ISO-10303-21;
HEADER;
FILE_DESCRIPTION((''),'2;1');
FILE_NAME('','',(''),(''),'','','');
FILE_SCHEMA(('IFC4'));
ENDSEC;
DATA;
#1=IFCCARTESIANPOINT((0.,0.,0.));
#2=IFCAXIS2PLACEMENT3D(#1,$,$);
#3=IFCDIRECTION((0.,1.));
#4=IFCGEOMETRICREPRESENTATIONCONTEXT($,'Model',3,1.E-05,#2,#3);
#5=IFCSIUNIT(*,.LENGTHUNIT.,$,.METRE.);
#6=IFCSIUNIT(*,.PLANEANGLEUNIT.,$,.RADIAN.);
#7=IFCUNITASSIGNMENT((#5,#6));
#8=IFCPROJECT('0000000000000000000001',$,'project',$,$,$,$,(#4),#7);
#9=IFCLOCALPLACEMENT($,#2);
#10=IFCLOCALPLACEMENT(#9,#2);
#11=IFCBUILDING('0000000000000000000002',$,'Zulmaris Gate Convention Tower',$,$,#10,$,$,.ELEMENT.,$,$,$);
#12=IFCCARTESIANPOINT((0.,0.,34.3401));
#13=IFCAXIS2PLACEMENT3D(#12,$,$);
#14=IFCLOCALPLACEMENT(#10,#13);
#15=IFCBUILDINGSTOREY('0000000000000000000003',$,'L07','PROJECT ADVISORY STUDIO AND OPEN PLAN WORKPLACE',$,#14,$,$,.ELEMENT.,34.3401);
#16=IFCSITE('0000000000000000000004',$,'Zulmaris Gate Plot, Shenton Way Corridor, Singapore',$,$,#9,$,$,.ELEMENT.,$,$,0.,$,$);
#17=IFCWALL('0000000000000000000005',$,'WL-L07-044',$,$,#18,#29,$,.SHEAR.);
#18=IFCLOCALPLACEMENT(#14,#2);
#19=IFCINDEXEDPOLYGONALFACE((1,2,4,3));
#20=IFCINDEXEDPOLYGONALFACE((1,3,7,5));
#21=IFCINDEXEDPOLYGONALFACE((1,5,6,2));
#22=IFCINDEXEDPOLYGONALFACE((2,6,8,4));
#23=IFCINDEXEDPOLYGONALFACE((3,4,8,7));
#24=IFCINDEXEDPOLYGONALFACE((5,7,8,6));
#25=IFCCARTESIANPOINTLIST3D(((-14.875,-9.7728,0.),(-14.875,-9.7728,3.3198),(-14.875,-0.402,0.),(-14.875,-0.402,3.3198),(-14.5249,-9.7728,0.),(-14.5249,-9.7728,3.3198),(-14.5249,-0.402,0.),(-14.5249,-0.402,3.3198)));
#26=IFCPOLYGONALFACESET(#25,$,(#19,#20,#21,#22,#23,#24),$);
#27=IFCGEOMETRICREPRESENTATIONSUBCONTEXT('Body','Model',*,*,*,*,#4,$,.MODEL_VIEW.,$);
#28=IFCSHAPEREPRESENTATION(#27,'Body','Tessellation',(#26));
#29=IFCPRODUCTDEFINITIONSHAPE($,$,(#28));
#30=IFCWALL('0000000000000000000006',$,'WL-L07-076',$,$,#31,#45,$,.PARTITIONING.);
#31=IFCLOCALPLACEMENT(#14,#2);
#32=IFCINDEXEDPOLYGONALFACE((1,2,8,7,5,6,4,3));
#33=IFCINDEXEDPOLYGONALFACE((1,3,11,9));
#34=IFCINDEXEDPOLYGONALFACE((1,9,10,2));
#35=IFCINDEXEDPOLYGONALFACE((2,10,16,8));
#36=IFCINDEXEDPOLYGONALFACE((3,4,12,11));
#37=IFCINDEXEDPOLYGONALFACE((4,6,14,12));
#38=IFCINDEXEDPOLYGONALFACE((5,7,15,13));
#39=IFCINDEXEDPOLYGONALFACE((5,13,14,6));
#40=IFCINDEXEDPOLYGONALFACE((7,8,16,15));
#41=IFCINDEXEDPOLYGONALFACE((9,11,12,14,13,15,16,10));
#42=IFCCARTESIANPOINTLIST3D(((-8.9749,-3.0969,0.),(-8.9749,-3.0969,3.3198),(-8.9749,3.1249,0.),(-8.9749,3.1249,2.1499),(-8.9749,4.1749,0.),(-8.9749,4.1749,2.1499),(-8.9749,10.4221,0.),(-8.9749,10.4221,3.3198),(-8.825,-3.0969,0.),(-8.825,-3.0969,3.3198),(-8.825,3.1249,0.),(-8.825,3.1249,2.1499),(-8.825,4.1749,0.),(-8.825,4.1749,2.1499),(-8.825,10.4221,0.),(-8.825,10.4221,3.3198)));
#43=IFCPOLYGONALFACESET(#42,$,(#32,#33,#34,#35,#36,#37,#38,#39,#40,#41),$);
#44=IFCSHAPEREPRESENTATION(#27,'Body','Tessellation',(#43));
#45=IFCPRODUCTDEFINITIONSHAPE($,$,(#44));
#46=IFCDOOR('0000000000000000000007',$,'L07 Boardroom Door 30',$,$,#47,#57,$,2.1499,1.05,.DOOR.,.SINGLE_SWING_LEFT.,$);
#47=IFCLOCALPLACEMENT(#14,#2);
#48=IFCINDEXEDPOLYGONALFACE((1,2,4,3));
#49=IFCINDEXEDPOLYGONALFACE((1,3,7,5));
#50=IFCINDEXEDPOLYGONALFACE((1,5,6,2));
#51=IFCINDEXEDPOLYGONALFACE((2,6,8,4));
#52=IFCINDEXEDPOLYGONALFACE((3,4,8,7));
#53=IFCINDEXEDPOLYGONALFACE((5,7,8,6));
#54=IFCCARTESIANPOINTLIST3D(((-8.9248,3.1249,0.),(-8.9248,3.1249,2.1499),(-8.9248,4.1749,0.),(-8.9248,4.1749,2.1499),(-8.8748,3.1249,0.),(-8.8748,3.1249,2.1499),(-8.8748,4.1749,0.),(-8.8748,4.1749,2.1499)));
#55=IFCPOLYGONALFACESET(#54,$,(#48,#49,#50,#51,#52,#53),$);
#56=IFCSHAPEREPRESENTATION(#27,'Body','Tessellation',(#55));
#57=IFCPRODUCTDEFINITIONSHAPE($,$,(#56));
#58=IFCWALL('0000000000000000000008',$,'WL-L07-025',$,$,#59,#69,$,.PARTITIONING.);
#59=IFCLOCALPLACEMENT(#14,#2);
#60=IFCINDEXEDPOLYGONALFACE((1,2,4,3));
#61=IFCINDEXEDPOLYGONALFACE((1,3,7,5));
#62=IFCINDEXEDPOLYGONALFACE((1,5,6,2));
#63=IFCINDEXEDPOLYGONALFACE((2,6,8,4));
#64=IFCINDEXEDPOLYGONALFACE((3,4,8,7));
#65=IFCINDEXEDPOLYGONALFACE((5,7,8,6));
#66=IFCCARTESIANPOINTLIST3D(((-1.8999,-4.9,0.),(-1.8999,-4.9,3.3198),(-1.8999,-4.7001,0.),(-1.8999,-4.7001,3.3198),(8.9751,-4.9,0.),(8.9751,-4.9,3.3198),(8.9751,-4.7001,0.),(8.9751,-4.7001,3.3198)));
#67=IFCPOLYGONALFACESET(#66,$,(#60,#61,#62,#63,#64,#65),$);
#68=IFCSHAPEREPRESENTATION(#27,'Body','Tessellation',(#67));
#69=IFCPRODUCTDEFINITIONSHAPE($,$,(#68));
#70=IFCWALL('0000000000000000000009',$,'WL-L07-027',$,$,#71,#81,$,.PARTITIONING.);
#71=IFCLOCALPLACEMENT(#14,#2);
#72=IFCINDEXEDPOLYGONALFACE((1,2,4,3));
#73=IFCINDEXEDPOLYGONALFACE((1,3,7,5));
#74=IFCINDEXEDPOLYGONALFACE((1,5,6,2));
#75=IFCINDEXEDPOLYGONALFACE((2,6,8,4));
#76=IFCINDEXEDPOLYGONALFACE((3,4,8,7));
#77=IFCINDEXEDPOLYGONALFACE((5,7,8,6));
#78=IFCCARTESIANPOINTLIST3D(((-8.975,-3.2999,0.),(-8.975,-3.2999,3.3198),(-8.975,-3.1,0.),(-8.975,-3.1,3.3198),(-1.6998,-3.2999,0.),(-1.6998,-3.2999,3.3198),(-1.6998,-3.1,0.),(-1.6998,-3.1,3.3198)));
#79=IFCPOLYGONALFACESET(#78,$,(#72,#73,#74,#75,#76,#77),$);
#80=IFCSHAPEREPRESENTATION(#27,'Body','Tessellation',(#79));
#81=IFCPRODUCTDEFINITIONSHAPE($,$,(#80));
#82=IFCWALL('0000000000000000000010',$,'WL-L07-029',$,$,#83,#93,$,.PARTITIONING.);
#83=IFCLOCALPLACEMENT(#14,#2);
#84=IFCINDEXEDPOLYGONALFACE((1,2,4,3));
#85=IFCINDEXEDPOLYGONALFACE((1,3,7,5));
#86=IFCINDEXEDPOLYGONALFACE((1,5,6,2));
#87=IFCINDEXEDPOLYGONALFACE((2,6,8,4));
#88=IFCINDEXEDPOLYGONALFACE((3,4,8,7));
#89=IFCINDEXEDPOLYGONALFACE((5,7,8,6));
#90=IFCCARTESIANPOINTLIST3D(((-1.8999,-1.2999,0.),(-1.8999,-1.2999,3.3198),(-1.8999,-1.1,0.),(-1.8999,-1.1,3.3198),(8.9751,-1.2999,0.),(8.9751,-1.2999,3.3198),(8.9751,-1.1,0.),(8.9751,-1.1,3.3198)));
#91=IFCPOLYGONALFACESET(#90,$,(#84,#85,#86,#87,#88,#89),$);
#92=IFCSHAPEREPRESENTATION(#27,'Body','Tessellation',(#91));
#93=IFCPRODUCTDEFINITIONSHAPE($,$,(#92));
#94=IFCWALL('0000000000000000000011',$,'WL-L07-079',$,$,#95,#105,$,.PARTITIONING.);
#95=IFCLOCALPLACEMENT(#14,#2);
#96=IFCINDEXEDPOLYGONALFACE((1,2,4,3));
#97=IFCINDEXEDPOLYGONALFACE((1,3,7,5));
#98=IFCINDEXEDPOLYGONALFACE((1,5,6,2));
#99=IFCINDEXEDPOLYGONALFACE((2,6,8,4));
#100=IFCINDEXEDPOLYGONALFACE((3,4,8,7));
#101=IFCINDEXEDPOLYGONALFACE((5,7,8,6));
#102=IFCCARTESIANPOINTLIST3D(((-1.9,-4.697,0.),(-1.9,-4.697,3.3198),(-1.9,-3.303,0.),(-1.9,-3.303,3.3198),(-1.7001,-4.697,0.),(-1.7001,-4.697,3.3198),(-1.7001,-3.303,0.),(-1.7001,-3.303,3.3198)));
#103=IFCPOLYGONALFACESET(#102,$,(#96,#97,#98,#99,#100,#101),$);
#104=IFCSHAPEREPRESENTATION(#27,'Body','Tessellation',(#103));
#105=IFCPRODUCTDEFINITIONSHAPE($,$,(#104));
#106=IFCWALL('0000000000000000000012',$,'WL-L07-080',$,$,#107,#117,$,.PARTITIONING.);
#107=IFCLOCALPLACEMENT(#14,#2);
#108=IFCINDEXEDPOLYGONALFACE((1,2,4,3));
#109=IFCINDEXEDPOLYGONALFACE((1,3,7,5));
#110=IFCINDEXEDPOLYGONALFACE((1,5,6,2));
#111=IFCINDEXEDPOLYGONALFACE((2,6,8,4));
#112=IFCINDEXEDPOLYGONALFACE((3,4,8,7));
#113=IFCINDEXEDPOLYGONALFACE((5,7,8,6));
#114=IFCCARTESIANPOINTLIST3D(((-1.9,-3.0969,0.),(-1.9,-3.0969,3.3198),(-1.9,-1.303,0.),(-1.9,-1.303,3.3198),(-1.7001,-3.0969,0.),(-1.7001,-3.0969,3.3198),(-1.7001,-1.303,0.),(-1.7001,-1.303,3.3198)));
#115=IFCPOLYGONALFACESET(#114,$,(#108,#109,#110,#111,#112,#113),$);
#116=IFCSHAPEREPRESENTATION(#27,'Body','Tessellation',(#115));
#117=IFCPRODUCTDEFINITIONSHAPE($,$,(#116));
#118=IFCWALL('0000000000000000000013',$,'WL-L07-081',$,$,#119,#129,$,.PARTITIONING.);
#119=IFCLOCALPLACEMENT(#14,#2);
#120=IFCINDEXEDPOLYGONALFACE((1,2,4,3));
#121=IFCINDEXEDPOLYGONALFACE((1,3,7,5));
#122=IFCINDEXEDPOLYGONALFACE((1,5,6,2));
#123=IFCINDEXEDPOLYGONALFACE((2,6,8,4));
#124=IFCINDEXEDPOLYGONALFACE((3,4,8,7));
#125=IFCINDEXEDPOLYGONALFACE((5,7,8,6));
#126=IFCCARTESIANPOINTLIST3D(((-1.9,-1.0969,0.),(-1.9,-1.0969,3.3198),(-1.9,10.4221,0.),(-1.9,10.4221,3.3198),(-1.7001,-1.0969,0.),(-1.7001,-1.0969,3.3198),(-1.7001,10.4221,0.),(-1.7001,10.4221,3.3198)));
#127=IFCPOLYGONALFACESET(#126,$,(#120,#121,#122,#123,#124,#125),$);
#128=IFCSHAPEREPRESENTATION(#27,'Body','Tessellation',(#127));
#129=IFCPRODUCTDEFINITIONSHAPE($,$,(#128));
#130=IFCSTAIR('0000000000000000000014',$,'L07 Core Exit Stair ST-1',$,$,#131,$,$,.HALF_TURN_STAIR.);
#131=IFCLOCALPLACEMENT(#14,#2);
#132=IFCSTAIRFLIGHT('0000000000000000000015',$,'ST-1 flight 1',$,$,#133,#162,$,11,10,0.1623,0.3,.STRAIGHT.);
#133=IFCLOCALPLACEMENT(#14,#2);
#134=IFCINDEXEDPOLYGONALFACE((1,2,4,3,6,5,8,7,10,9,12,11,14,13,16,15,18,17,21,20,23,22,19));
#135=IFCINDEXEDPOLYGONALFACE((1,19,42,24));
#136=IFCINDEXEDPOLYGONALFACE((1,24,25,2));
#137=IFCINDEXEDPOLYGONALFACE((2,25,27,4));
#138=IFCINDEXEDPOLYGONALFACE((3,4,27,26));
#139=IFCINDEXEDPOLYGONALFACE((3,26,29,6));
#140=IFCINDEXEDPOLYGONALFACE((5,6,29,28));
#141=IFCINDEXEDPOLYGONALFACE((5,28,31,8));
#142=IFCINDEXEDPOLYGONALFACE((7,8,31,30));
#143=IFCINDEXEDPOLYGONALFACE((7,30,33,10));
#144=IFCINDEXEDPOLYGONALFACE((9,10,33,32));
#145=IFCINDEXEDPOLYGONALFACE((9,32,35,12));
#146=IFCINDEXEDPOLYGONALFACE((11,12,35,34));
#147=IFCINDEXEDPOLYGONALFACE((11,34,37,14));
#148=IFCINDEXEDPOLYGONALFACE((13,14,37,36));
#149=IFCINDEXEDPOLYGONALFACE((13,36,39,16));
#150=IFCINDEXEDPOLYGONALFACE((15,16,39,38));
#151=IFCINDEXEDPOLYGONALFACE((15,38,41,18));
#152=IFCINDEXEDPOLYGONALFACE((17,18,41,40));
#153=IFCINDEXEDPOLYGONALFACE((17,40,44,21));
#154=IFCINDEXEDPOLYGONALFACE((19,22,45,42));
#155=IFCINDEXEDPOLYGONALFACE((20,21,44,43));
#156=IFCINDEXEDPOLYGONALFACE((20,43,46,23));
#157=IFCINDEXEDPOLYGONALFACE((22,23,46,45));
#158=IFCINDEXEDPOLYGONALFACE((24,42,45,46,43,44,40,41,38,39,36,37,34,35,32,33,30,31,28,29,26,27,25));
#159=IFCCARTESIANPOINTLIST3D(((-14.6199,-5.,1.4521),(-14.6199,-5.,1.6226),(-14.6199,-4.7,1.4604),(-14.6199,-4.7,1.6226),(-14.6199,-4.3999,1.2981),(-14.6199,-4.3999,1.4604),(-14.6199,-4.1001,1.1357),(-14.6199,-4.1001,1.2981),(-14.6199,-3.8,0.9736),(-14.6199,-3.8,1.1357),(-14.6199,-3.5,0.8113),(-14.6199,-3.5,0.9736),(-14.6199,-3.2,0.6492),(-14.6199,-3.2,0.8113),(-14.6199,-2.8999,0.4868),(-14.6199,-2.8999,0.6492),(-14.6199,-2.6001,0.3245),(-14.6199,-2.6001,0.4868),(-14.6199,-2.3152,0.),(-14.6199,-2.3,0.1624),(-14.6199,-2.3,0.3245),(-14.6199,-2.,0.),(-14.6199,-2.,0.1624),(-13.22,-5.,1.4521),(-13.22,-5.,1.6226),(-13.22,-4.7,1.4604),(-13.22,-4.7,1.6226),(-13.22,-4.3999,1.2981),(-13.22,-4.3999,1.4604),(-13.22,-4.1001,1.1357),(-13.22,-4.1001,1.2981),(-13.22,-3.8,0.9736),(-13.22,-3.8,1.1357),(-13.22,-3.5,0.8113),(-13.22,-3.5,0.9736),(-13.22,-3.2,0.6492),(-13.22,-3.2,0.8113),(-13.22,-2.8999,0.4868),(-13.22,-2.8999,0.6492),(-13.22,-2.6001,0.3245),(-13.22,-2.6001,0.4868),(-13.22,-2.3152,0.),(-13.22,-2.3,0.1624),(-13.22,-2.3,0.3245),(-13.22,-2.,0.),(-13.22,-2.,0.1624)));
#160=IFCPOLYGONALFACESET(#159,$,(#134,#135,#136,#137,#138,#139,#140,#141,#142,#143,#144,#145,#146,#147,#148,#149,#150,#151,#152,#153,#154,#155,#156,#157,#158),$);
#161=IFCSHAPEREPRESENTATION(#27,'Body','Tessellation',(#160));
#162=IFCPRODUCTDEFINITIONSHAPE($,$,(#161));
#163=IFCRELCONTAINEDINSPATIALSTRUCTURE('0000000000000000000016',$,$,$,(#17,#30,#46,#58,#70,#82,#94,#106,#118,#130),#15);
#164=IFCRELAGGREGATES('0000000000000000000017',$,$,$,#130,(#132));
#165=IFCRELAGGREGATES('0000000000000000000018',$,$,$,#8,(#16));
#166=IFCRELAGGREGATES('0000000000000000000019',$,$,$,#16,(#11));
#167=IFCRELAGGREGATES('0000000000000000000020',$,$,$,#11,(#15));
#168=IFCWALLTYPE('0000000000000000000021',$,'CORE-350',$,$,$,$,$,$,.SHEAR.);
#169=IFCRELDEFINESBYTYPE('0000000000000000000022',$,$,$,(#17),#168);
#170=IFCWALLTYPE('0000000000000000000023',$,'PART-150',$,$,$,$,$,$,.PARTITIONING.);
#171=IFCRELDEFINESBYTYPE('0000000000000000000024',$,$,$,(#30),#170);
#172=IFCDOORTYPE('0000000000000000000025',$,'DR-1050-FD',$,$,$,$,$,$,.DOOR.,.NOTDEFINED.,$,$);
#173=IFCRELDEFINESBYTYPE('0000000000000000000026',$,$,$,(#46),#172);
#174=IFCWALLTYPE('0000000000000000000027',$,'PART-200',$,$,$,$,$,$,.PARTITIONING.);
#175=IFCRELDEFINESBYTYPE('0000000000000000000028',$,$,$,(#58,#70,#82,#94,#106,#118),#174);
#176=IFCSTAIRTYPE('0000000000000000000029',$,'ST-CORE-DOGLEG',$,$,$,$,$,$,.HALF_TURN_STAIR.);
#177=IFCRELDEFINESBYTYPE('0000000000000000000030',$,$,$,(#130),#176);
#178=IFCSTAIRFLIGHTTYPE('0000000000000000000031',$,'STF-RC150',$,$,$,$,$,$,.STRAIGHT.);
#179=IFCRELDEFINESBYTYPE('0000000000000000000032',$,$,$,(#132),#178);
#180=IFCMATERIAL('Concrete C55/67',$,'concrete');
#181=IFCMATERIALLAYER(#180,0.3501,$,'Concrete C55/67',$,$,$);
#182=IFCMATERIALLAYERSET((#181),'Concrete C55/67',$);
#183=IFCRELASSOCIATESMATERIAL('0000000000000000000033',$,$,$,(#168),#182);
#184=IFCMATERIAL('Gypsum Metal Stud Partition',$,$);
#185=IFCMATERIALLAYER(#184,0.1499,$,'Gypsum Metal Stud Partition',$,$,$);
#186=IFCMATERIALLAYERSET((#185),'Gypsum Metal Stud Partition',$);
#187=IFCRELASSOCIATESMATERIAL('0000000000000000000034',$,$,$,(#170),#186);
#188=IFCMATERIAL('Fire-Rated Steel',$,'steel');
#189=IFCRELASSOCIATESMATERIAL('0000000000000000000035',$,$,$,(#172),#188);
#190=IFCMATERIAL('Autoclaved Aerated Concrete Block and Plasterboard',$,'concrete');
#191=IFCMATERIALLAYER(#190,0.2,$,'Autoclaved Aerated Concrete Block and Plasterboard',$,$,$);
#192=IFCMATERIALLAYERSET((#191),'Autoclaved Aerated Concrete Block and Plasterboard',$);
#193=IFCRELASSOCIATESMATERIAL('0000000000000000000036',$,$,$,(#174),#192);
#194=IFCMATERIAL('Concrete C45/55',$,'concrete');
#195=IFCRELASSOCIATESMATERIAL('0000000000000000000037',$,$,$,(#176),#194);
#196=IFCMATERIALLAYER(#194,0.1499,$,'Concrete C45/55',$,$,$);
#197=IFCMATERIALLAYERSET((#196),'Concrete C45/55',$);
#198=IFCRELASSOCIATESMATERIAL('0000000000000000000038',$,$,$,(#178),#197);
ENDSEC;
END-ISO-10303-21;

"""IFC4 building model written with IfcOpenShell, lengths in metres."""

from ifc_helpers import new_model, si_unit, direction, frame, frame_2d, origin, place, context, subcontext, project, spatial, polyline, rectangle, outline, extrude, material, layer, layer_set, type_object, element, fill, aggregate, save


model = new_model("IFC4")

# Units and contexts
model_context = context("Model", 3, precision=1e-05, world=origin(), true_north=direction((0.0, 1.0)))
body_context = subcontext(model_context, "Body", "Model", "MODEL_VIEW")
ifc_project = project(units=[si_unit("LENGTHUNIT", "METRE"), si_unit("PLANEANGLEUNIT", "RADIAN")], contexts=[model_context])

# Site, building, storey
site_placement = place(None, origin())
site = spatial("IfcSite", under=ifc_project, at=site_placement, Name="Zulmaris Gate Plot, Shenton Way Corridor, Singapore", CompositionType="ELEMENT", RefElevation=0.0)
building_placement = place(site_placement, origin())
building = spatial("IfcBuilding", under=site, at=building_placement, Name="Zulmaris Gate Convention Tower", CompositionType="ELEMENT")
storey_placement = place(building_placement, frame((0.0, 0.0, 34.3401)))
storey = spatial("IfcBuildingStorey", under=building, at=storey_placement, Name="L07", Description="PROJECT ADVISORY STUDIO AND OPEN PLAN WORKPLACE", CompositionType="ELEMENT", Elevation=34.3401)

# Wall
ifc_material_1 = material(Name="Concrete C55/67", Category="concrete")
ifc_layer_1 = layer(ifc_material_1, 0.3501, Name="Concrete C55/67")
ifc_layer_set_1 = layer_set([ifc_layer_1], Name="Concrete C55/67")
wall_type_1 = type_object("IfcWallType", Name="CORE-350", PredefinedType="SHEAR", material=ifc_layer_set_1)
wall_1_placement = place(storey_placement, frame((-14.7, -9.7729, 0.0), z_axis=(0.0, 0.0, 1.0), x_axis=(0.0, 1.0, 0.0)))
element("IfcWall", 1, at=wall_1_placement, inside=storey, type_object=wall_type_1, Name="WL-L07-044", PredefinedType="SHEAR", context=body_context, shape_type="SweptSolid", body=[
    extrude(rectangle(XDim=9.3708, YDim=0.3501, at=frame_2d((4.6855, 0.0))), origin(), (0.0, 0.0, 1.0), 3.3198),
])

# Wall, opening, door
ifc_material_2 = material(Name="Gypsum Metal Stud Partition")
ifc_layer_2 = layer(ifc_material_2, 0.1499, Name="Gypsum Metal Stud Partition")
ifc_layer_set_2 = layer_set([ifc_layer_2], Name="Gypsum Metal Stud Partition")
wall_type_2 = type_object("IfcWallType", Name="PART-150", PredefinedType="PARTITIONING", material=ifc_layer_set_2)
wall_2_placement = place(storey_placement, frame((-8.8999, -3.0969, 0.0), z_axis=(0.0, 0.0, 1.0), x_axis=(0.0, 1.0, 0.0)))
wall_2 = element("IfcWall", 2, at=wall_2_placement, inside=storey, type_object=wall_type_2, Name="WL-L07-076", PredefinedType="PARTITIONING", context=body_context, shape_type="SweptSolid", body=[
    extrude(rectangle(XDim=13.519, YDim=0.1499, at=frame_2d((6.7595, 0.0))), origin(), (0.0, 0.0, 1.0), 3.3198),
])
opening_placement = place(wall_2_placement, frame((6.2219, 0.0, 0.0)))
opening = element("IfcOpeningElement", 3, at=opening_placement, cuts=wall_2, PredefinedType="OPENING", context=body_context, shape_type="SweptSolid", body=[
    extrude(rectangle(XDim=1.05, YDim=2.1499, at=frame_2d((0.5249, 1.075))), frame((0.0, 0.085, 0.0), z_axis=(0.0, -1.0, 0.0), x_axis=(1.0, 0.0, 0.0)), (0.0, 0.0, 1.0), 0.1699),
])
ifc_material_3 = material(Name="Fire-Rated Steel", Category="steel")
door_type = type_object("IfcDoorType", Name="DR-1050-FD", OperationType="NOTDEFINED", PredefinedType="DOOR", material=ifc_material_3)
door_placement = place(opening_placement, origin())
door = element("IfcDoor", 4, at=door_placement, inside=storey, type_object=door_type, Name="L07 Boardroom Door 30", OperationType="SINGLE_SWING_LEFT", OverallHeight=2.1499, OverallWidth=1.05, PredefinedType="DOOR", context=body_context, shape_type="SweptSolid", body=[
    extrude(rectangle(XDim=1.05, YDim=2.1499, at=frame_2d((0.5249, 1.075))), frame((0.0, 0.0249, 0.0), z_axis=(0.0, -1.0, 0.0), x_axis=(1.0, 0.0, 0.0)), (0.0, 0.0, 1.0), 0.05),
])
fill(opening, door)

# Walls
ifc_material_4 = material(Name="Autoclaved Aerated Concrete Block and Plasterboard", Category="concrete")
ifc_layer_3 = layer(ifc_material_4, 0.2, Name="Autoclaved Aerated Concrete Block and Plasterboard")
ifc_layer_set_3 = layer_set([ifc_layer_3], Name="Autoclaved Aerated Concrete Block and Plasterboard")
wall_type_3 = type_object("IfcWallType", Name="PART-200", PredefinedType="PARTITIONING", material=ifc_layer_set_3)
wall_3_placement = place(storey_placement, frame((-1.8999, -4.8, 0.0), z_axis=(0.0, 0.0, 1.0), x_axis=(1.0, 0.0, 0.0)))
element("IfcWall", 5, at=wall_3_placement, inside=storey, type_object=wall_type_3, Name="WL-L07-025", PredefinedType="PARTITIONING", context=body_context, shape_type="SweptSolid", body=[
    extrude(rectangle(XDim=10.875, YDim=0.2, at=frame_2d((5.4375, 0.0))), origin(), (0.0, 0.0, 1.0), 3.3198),
])
wall_4_placement = place(storey_placement, frame((-8.9751, -3.2, 0.0), z_axis=(0.0, 0.0, 1.0), x_axis=(1.0, 0.0, 0.0)))
element("IfcWall", 6, at=wall_4_placement, inside=storey, type_object=wall_type_3, Name="WL-L07-027", PredefinedType="PARTITIONING", context=body_context, shape_type="SweptSolid", body=[
    extrude(rectangle(XDim=7.2751, YDim=0.2, at=frame_2d((3.6377, 0.0))), origin(), (0.0, 0.0, 1.0), 3.3198),
])
wall_5_placement = place(storey_placement, frame((-1.8999, -1.2, 0.0), z_axis=(0.0, 0.0, 1.0), x_axis=(1.0, 0.0, 0.0)))
element("IfcWall", 7, at=wall_5_placement, inside=storey, type_object=wall_type_3, Name="WL-L07-029", PredefinedType="PARTITIONING", context=body_context, shape_type="SweptSolid", body=[
    extrude(rectangle(XDim=10.875, YDim=0.2, at=frame_2d((5.4375, 0.0))), origin(), (0.0, 0.0, 1.0), 3.3198),
])
wall_6_placement = place(storey_placement, frame((-1.8, -4.697, 0.0), z_axis=(0.0, 0.0, 1.0), x_axis=(0.0, 1.0, 0.0)))
element("IfcWall", 8, at=wall_6_placement, inside=storey, type_object=wall_type_3, Name="WL-L07-079", PredefinedType="PARTITIONING", context=body_context, shape_type="SweptSolid", body=[
    extrude(rectangle(XDim=1.394, YDim=0.2, at=frame_2d((0.697, 0.0))), origin(), (0.0, 0.0, 1.0), 3.3198),
])
wall_7_placement = place(storey_placement, frame((-1.8, -3.0969, 0.0), z_axis=(0.0, 0.0, 1.0), x_axis=(0.0, 1.0, 0.0)))
element("IfcWall", 9, at=wall_7_placement, inside=storey, type_object=wall_type_3, Name="WL-L07-080", PredefinedType="PARTITIONING", context=body_context, shape_type="SweptSolid", body=[
    extrude(rectangle(XDim=1.7939, YDim=0.2, at=frame_2d((0.897, 0.0))), origin(), (0.0, 0.0, 1.0), 3.3198),
])
wall_8_placement = place(storey_placement, frame((-1.8, -1.0969, 0.0), z_axis=(0.0, 0.0, 1.0), x_axis=(0.0, 1.0, 0.0)))
element("IfcWall", 10, at=wall_8_placement, inside=storey, type_object=wall_type_3, Name="WL-L07-081", PredefinedType="PARTITIONING", context=body_context, shape_type="SweptSolid", body=[
    extrude(rectangle(XDim=11.519, YDim=0.2, at=frame_2d((5.7595, 0.0))), origin(), (0.0, 0.0, 1.0), 3.3198),
])

# Stair, stair flight
ifc_material_5 = material(Name="Concrete C45/55", Category="concrete")
stair_type = type_object("IfcStairType", Name="ST-CORE-DOGLEG", PredefinedType="HALF_TURN_STAIR", material=ifc_material_5)
stair_placement = place(storey_placement, origin())
stair = element("IfcStair", 11, at=stair_placement, inside=storey, type_object=stair_type, Name="L07 Core Exit Stair ST-1", PredefinedType="HALF_TURN_STAIR")
ifc_layer_4 = layer(ifc_material_5, 0.1499, Name="Concrete C45/55")
ifc_layer_set_4 = layer_set([ifc_layer_4], Name="Concrete C45/55")
stair_flight_type = type_object("IfcStairFlightType", Name="STF-RC150", PredefinedType="STRAIGHT", material=ifc_layer_set_4)
stair_flight_1_placement = place(storey_placement, frame((-13.9199, -2.0, 0.0), z_axis=(0.0, 0.0, 1.0), x_axis=(0.0, -1.0, 0.0)))
stair_flight_1 = element("IfcStairFlight", 12, at=stair_flight_1_placement, type_object=stair_flight_type, Name="ST-1 flight 1", NumberOfRisers=11, NumberOfTreads=10, PredefinedType="STRAIGHT", RiserHeight=0.1623, TreadLength=0.3, context=body_context, shape_type="SweptSolid", body=[
    extrude(outline(polyline([(0.0, 0.0), (0.0, 0.1624), (0.3, 0.1624), (0.3, 0.3245), (0.6001, 0.3245), (0.6001, 0.4868), (0.8999, 0.4868), (0.8999, 0.6492), (1.2, 0.6492), (1.2, 0.8113), (1.5, 0.8113), (1.5, 0.9736), (1.8, 0.9736), (1.8, 1.1357), (2.1001, 1.1357), (2.1001, 1.2981), (2.3999, 1.2981), (2.3999, 1.4604), (2.7, 1.4604), (2.7, 1.6226), (3.0, 1.6226), (3.0, 1.7849), (3.0, 1.4521), (0.3152, 0.0), (0.0, 0.0)])), frame((0.0, 0.7, 0.0), z_axis=(0.0, -1.0, 0.0), x_axis=(1.0, 0.0, 0.0)), (0.0, 0.0, 1.0), 1.3999),
])
aggregate(stair, [stair_flight_1])

save(model, "model.ifc")
